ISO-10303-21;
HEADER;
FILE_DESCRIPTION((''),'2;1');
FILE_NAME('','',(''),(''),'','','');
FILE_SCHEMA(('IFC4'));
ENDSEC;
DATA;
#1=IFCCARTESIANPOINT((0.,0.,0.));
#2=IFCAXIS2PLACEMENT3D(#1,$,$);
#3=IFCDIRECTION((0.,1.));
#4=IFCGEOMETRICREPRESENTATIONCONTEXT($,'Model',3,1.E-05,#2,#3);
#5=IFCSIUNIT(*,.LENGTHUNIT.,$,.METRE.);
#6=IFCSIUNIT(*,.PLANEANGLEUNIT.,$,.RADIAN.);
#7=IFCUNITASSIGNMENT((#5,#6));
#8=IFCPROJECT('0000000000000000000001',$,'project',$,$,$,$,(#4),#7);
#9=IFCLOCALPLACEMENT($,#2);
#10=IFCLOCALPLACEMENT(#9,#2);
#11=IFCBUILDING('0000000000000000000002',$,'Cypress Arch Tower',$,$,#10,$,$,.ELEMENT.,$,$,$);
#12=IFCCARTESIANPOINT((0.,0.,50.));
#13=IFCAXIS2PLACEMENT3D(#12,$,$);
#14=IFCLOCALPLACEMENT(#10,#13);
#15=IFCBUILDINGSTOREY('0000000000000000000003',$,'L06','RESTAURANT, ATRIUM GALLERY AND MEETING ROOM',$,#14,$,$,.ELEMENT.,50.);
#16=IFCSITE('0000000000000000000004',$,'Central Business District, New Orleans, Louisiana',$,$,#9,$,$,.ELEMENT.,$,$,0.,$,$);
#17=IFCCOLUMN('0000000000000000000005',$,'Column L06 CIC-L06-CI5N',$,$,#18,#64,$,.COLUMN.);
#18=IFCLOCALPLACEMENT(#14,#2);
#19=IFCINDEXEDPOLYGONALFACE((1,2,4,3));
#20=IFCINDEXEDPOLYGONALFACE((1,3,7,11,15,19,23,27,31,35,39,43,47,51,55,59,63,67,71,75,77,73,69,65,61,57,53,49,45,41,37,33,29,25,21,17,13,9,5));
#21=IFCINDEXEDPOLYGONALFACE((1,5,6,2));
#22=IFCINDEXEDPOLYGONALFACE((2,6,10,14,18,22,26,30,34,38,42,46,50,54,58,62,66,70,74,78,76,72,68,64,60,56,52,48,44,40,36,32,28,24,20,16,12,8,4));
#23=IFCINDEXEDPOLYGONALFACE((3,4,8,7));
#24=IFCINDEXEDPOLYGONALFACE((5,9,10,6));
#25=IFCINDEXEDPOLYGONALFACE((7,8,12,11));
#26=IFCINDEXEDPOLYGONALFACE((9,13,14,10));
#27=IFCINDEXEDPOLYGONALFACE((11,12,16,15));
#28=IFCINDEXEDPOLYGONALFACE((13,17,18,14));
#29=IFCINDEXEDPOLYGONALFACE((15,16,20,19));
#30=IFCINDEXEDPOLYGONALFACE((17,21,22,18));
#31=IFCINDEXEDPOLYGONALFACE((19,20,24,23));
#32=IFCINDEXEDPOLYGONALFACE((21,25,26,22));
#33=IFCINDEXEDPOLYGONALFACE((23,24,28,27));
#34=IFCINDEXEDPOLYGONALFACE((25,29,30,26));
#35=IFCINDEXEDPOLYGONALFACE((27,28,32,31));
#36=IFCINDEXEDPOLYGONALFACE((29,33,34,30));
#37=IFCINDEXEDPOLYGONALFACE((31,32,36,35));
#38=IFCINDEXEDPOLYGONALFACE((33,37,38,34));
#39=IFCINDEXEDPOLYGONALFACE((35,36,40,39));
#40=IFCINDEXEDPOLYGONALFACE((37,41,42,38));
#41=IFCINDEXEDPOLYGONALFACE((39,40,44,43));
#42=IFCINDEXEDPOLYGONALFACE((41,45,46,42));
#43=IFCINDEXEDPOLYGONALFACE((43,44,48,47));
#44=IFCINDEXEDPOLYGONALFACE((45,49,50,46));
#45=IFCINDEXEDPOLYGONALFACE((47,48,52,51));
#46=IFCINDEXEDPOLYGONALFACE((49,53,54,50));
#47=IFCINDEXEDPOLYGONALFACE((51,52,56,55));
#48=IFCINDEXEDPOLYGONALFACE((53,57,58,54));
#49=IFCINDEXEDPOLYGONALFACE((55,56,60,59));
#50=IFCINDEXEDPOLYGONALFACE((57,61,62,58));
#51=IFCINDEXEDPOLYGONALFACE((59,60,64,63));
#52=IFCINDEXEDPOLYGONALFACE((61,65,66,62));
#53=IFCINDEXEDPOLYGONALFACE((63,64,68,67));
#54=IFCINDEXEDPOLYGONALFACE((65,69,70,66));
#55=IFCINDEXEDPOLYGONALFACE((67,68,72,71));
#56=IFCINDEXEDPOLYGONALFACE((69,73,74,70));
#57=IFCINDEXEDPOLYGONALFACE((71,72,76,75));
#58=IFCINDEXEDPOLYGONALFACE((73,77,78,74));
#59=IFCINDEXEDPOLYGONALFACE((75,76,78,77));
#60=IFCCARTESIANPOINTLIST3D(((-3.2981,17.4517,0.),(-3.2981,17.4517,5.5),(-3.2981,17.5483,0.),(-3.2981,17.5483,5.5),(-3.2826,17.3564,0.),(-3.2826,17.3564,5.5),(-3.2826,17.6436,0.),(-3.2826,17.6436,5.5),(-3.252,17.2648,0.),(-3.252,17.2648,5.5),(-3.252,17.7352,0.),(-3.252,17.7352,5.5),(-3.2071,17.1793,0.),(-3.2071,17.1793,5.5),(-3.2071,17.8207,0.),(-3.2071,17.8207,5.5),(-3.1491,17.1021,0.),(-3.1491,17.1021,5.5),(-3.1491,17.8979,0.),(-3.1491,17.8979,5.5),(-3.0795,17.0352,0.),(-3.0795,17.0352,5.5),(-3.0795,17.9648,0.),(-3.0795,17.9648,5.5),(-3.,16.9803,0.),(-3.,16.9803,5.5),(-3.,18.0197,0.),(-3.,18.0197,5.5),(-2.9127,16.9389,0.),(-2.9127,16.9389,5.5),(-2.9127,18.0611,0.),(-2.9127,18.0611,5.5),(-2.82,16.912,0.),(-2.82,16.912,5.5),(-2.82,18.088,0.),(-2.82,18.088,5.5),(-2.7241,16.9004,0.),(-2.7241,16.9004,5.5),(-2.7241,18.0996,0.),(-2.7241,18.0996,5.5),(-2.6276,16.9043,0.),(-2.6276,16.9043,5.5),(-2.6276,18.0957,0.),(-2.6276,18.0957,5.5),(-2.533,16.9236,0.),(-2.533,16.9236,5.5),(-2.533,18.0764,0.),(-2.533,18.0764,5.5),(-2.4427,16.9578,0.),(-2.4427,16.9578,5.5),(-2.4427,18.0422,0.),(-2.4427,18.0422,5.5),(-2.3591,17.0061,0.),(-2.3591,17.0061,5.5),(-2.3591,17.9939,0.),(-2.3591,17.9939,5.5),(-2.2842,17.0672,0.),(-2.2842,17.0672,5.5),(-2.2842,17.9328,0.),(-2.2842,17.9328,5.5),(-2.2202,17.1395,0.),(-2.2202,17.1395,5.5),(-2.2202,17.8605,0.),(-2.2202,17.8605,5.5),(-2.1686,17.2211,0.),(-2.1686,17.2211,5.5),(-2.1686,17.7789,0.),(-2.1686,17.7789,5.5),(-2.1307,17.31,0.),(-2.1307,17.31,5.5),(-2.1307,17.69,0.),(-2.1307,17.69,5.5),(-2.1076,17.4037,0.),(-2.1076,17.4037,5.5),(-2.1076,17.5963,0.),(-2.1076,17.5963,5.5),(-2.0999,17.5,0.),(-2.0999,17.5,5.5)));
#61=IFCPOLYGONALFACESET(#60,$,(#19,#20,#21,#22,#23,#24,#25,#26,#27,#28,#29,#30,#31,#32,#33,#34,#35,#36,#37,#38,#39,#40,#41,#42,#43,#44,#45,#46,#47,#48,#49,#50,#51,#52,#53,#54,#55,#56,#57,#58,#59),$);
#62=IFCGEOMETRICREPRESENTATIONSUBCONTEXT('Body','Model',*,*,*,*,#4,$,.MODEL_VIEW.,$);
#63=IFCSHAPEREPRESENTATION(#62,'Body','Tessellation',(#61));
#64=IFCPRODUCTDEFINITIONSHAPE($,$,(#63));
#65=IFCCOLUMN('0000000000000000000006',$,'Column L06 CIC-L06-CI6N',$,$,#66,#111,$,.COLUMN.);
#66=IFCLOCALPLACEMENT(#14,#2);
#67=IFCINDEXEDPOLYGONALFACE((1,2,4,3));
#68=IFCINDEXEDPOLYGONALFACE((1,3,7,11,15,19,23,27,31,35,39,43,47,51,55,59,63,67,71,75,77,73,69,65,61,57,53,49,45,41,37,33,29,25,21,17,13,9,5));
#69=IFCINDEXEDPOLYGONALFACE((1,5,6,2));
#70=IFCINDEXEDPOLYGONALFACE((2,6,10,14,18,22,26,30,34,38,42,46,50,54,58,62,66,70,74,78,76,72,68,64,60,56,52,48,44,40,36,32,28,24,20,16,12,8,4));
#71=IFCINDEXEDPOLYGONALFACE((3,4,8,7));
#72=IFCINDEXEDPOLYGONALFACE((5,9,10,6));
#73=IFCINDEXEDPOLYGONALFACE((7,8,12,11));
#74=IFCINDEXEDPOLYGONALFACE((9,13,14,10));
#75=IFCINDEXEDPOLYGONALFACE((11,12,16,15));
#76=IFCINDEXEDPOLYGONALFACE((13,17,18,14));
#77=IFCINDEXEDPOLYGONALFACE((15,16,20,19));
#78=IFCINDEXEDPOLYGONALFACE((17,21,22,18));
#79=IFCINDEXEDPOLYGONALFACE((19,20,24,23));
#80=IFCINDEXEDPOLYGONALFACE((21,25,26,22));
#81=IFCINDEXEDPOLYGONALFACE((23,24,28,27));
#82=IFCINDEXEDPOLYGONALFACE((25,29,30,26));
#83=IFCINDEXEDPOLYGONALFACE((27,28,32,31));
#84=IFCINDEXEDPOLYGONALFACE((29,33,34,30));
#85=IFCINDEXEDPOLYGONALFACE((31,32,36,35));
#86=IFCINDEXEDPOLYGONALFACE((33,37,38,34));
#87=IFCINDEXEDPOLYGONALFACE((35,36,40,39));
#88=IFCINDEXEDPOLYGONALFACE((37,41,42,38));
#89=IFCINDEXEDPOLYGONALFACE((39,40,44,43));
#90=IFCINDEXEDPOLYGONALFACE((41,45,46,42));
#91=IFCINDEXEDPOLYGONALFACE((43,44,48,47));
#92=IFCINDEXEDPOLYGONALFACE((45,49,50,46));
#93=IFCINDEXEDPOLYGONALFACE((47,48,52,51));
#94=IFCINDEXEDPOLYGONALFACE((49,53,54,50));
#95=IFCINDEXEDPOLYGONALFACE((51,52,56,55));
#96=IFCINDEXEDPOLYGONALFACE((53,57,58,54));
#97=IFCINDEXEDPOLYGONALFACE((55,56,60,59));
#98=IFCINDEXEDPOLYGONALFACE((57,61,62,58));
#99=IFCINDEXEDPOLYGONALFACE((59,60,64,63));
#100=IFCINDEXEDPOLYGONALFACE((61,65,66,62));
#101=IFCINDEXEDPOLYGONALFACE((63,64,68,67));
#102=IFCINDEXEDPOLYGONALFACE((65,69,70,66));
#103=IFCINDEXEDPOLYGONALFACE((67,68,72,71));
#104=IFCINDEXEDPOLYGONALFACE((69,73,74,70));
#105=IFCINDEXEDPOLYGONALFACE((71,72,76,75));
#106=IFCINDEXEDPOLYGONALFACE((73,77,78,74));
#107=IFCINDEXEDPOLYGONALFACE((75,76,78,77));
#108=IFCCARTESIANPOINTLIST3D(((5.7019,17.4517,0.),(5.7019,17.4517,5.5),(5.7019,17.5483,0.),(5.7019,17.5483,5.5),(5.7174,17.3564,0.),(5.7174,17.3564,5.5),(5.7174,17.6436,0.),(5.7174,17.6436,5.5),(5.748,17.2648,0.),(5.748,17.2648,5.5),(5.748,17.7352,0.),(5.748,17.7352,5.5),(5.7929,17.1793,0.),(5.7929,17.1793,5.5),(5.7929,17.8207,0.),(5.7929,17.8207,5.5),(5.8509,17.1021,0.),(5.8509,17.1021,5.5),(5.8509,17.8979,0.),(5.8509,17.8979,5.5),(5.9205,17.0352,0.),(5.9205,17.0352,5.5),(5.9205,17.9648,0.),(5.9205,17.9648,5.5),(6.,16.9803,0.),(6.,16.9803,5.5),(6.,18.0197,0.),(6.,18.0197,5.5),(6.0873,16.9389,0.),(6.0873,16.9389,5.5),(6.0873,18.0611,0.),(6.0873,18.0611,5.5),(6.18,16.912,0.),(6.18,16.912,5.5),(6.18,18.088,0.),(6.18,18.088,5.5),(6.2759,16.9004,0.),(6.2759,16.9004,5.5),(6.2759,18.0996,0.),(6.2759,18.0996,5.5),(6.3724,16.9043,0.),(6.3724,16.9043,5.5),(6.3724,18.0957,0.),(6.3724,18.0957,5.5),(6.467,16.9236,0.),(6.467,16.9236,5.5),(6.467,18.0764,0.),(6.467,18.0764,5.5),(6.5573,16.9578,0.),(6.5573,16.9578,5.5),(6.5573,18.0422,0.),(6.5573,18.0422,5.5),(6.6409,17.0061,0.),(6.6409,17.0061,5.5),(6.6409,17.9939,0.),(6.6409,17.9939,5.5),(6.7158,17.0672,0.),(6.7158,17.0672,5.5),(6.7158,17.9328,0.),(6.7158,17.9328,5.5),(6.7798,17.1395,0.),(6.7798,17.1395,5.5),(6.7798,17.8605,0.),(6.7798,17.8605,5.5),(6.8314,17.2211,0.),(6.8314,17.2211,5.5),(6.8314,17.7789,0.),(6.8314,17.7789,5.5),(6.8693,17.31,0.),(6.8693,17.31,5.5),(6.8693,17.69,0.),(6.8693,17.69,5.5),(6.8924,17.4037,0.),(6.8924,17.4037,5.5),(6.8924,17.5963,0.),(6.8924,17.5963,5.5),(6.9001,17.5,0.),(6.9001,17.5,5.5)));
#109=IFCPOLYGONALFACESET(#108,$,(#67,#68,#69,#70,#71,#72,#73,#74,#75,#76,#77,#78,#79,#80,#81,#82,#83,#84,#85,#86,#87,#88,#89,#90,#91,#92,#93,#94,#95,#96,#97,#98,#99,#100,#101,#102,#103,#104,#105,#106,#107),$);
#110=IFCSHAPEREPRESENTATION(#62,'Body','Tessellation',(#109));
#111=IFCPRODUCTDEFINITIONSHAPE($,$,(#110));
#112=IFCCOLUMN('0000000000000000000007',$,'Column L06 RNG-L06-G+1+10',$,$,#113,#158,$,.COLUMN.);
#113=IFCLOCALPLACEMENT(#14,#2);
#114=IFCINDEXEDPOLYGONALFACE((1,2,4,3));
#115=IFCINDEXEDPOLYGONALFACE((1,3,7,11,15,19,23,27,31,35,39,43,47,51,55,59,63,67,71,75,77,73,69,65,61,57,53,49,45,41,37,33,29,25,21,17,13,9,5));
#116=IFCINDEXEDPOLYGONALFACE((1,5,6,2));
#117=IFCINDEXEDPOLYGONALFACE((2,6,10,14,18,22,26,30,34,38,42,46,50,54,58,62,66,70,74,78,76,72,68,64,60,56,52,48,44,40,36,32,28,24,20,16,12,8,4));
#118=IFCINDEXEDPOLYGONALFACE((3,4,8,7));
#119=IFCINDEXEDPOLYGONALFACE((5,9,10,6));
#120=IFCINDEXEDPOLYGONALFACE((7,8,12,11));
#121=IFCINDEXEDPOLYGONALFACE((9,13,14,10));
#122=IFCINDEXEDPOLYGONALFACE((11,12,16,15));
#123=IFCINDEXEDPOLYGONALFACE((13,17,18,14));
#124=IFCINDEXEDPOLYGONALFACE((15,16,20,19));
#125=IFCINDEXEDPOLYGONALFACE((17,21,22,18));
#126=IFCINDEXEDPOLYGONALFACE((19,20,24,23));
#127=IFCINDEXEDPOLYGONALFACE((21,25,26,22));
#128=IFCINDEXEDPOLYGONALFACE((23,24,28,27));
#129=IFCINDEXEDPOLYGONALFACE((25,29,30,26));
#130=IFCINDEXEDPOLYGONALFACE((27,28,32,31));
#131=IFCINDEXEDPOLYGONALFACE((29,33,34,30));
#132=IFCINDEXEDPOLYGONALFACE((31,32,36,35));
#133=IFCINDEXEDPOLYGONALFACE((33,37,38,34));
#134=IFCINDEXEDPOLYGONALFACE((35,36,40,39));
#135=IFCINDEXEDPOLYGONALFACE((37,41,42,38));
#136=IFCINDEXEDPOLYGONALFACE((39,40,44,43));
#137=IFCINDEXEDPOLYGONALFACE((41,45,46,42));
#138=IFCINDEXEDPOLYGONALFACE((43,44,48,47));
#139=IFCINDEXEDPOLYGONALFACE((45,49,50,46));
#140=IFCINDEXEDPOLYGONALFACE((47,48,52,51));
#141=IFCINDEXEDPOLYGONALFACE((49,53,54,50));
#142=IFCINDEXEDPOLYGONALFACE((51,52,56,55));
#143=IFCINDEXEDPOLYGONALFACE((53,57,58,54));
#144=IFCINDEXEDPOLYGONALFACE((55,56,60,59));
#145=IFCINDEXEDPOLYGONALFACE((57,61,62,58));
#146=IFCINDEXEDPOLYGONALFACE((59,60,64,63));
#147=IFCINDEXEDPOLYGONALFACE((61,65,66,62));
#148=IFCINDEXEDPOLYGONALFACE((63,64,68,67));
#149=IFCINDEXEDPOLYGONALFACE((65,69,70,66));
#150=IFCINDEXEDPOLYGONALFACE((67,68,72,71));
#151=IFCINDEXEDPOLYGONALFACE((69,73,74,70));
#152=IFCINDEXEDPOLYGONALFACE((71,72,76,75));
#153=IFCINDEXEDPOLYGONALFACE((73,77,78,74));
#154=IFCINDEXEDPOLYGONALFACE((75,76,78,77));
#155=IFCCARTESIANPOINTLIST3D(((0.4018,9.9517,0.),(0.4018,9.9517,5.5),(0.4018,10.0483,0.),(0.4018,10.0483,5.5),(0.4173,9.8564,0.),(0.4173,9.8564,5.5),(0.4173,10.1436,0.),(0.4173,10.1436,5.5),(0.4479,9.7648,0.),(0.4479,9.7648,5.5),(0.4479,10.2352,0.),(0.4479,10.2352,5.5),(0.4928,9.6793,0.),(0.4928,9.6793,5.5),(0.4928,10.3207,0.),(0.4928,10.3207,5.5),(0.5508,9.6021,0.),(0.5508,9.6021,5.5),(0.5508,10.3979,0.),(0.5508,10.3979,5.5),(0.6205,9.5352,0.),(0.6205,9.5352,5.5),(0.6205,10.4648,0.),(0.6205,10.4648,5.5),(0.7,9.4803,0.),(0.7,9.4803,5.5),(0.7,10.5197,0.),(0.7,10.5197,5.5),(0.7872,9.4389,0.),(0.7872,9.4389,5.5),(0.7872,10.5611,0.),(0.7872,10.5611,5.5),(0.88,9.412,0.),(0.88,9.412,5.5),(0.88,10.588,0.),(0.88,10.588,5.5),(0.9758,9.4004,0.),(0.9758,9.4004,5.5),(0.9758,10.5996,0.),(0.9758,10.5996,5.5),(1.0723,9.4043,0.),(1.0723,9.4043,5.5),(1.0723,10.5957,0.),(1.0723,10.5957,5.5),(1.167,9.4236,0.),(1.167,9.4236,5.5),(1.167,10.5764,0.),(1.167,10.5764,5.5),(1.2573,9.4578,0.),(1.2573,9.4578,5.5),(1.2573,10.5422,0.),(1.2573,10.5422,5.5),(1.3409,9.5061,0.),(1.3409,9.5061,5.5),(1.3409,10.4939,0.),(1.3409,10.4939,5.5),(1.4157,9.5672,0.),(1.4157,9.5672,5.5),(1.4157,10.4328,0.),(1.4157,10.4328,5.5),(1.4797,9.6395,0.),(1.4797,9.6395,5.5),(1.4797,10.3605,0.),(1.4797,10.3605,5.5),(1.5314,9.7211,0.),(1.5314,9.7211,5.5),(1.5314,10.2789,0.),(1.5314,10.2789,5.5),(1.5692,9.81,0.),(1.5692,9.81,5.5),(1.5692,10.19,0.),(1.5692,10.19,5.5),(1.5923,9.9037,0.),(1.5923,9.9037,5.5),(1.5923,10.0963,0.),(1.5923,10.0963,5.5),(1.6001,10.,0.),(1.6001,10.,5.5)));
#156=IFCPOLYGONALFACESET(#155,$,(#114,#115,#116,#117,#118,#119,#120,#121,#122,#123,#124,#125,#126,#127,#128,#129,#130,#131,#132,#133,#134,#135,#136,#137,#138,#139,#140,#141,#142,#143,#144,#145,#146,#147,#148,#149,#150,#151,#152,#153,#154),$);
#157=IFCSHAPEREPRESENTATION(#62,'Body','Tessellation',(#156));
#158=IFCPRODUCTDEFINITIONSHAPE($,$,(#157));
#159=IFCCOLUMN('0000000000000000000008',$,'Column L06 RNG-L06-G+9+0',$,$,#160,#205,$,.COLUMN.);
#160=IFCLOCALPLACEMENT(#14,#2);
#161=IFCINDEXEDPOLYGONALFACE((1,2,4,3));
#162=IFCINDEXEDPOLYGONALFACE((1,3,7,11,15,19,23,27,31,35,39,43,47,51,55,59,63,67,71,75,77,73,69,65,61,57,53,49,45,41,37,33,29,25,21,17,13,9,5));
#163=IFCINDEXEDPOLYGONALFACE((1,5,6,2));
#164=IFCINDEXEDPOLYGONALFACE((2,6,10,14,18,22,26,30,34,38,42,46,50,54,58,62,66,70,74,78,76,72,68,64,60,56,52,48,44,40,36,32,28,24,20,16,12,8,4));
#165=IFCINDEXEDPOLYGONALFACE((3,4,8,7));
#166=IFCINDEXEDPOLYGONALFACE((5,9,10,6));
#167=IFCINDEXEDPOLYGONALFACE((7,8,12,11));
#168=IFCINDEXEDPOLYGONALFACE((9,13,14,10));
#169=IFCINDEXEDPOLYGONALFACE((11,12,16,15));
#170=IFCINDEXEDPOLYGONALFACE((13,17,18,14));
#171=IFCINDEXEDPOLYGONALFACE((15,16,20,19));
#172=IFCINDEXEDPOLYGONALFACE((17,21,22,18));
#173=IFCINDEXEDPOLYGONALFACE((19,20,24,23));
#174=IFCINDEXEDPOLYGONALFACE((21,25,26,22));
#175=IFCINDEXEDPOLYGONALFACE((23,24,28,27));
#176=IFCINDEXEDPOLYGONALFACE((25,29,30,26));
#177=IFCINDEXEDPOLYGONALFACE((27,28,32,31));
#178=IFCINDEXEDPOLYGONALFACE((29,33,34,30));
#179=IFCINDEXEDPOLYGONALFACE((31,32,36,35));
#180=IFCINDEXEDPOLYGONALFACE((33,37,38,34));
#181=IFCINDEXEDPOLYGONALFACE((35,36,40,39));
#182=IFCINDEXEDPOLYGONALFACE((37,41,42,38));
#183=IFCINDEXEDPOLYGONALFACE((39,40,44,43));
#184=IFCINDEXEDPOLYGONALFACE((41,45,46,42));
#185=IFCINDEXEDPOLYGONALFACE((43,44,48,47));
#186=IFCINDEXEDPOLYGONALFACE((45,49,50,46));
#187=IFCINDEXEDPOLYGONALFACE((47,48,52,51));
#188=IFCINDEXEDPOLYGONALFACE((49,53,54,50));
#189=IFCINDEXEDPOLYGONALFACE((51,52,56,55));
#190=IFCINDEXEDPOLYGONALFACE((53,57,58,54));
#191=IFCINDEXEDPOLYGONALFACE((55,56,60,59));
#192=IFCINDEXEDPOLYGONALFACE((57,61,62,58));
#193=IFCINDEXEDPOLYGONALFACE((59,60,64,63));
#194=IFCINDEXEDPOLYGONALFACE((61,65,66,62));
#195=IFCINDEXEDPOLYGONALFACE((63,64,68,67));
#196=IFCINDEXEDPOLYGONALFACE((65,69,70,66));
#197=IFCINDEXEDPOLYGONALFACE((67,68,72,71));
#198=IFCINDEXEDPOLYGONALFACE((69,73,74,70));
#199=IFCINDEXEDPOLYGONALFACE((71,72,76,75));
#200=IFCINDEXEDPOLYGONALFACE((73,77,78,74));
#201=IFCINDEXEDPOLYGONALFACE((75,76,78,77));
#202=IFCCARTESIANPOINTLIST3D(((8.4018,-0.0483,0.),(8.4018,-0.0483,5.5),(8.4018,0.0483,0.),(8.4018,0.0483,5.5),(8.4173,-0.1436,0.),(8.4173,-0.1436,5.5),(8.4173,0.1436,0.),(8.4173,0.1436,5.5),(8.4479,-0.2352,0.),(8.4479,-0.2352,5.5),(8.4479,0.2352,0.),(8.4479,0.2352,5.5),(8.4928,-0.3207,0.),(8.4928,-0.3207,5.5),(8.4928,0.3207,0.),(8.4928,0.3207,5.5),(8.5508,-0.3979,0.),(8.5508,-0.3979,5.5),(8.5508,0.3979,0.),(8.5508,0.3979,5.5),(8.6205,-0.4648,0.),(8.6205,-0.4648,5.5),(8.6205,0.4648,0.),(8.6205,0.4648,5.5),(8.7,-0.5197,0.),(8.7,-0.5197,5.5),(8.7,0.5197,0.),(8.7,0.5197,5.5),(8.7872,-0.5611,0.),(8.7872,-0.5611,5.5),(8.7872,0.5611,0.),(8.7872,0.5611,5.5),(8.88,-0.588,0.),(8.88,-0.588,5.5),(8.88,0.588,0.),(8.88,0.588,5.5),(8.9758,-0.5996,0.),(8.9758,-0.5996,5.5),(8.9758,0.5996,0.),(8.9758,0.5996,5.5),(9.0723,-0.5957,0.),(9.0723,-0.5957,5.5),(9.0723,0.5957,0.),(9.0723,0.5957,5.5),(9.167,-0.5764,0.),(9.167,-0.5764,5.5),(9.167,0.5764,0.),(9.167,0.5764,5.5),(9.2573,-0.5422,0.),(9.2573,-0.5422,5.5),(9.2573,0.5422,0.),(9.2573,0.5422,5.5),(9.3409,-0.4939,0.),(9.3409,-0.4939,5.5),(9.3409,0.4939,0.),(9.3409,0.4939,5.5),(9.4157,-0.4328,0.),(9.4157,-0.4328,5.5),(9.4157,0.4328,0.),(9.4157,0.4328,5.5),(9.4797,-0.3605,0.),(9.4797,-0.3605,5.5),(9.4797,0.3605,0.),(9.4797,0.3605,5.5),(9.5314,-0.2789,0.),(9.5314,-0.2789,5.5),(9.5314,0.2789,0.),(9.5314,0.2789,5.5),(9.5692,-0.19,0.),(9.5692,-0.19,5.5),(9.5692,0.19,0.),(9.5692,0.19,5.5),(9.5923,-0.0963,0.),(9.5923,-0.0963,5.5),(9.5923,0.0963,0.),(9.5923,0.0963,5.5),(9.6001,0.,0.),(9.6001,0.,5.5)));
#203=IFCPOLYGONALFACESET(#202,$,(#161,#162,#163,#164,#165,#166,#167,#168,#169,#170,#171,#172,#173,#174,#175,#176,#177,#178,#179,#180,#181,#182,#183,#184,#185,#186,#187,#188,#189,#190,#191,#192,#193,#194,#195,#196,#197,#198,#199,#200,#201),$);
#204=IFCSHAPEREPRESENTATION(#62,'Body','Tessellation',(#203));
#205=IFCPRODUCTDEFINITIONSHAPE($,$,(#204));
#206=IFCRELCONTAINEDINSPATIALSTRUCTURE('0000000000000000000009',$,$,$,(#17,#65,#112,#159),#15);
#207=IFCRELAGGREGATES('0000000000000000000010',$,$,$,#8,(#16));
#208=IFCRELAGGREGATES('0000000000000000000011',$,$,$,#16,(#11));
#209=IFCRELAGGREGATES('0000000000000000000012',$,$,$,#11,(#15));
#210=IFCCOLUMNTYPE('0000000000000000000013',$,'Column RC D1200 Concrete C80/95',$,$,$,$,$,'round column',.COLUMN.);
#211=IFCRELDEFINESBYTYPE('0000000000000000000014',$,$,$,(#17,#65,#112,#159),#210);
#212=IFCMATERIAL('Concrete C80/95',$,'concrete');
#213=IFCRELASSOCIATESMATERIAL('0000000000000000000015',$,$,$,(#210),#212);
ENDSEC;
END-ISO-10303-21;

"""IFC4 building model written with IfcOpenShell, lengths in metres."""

from ifc_helpers import new_model, si_unit, direction, frame, origin, origin_2d, place, context, subcontext, project, spatial, circle, extrude, material, material_profile, profile_set, type_object, element, save


model = new_model("IFC4")

# Units and contexts
model_context = context("Model", 3, precision=1e-05, world=origin(), true_north=direction((0.0, 1.0)))
body_context = subcontext(model_context, "Body", "Model", "MODEL_VIEW")
ifc_project = project(units=[si_unit("LENGTHUNIT", "METRE"), si_unit("PLANEANGLEUNIT", "RADIAN")], contexts=[model_context])

# Site, building, storey
site_placement = place(None, origin())
site = spatial("IfcSite", under=ifc_project, at=site_placement, Name="Central Business District, New Orleans, Louisiana", CompositionType="ELEMENT", RefElevation=0.0)
building_placement = place(site_placement, origin())
building = spatial("IfcBuilding", under=site, at=building_placement, Name="Cypress Arch Tower", CompositionType="ELEMENT")
storey_placement = place(building_placement, frame((0.0, 0.0, 50.0)))
storey = spatial("IfcBuildingStorey", under=building, at=storey_placement, Name="L06", Description="RESTAURANT, ATRIUM GALLERY AND MEETING ROOM", CompositionType="ELEMENT", Elevation=50.0)

# Columns
ifc_material_1 = material(Name="Concrete C80/95", Category="concrete")
ifc_material_profile_1 = material_profile(ifc_material_1, circle(Radius=0.6001, at=origin_2d()), Name="RC D1200")
ifc_profile_set_1 = profile_set([ifc_material_profile_1], Name="Concrete C80/95")
column_type = type_object("IfcColumnType", Name="Column RC D1200 Concrete C80/95", ElementType="round column", PredefinedType="COLUMN", material=ifc_profile_set_1)
for number, where, z_axis, x_axis, name in (
    (1, (-2.7, 17.5, 0.0), (0.0, 0.0, 1.0), (1.0, 0.0, 0.0), "Column L06 CIC-L06-CI5N"),
    (2, (6.3, 17.5, 0.0), (0.0, 0.0, 1.0), (1.0, 0.0, 0.0), "Column L06 CIC-L06-CI6N"),
    (3, (1.0, 10.0, 0.0), (0.0, 0.0, 1.0), (1.0, 0.0, 0.0), "Column L06 RNG-L06-G+1+10"),
    (4, (9.0, 0.0, 0.0), (0.0, 0.0, 1.0), (1.0, 0.0, 0.0), "Column L06 RNG-L06-G+9+0"),
):
    element("IfcColumn", number, at=place(storey_placement, frame(where, z_axis=z_axis, x_axis=x_axis)), inside=storey, type_object=column_type, Name=name, PredefinedType="COLUMN", context=body_context, shape_type="SweptSolid", body=[
        extrude(circle(Radius=0.6001, at=origin_2d()), origin(), (0.0, 0.0, 1.0), 5.5),
    ])

save(model, "model.ifc")
